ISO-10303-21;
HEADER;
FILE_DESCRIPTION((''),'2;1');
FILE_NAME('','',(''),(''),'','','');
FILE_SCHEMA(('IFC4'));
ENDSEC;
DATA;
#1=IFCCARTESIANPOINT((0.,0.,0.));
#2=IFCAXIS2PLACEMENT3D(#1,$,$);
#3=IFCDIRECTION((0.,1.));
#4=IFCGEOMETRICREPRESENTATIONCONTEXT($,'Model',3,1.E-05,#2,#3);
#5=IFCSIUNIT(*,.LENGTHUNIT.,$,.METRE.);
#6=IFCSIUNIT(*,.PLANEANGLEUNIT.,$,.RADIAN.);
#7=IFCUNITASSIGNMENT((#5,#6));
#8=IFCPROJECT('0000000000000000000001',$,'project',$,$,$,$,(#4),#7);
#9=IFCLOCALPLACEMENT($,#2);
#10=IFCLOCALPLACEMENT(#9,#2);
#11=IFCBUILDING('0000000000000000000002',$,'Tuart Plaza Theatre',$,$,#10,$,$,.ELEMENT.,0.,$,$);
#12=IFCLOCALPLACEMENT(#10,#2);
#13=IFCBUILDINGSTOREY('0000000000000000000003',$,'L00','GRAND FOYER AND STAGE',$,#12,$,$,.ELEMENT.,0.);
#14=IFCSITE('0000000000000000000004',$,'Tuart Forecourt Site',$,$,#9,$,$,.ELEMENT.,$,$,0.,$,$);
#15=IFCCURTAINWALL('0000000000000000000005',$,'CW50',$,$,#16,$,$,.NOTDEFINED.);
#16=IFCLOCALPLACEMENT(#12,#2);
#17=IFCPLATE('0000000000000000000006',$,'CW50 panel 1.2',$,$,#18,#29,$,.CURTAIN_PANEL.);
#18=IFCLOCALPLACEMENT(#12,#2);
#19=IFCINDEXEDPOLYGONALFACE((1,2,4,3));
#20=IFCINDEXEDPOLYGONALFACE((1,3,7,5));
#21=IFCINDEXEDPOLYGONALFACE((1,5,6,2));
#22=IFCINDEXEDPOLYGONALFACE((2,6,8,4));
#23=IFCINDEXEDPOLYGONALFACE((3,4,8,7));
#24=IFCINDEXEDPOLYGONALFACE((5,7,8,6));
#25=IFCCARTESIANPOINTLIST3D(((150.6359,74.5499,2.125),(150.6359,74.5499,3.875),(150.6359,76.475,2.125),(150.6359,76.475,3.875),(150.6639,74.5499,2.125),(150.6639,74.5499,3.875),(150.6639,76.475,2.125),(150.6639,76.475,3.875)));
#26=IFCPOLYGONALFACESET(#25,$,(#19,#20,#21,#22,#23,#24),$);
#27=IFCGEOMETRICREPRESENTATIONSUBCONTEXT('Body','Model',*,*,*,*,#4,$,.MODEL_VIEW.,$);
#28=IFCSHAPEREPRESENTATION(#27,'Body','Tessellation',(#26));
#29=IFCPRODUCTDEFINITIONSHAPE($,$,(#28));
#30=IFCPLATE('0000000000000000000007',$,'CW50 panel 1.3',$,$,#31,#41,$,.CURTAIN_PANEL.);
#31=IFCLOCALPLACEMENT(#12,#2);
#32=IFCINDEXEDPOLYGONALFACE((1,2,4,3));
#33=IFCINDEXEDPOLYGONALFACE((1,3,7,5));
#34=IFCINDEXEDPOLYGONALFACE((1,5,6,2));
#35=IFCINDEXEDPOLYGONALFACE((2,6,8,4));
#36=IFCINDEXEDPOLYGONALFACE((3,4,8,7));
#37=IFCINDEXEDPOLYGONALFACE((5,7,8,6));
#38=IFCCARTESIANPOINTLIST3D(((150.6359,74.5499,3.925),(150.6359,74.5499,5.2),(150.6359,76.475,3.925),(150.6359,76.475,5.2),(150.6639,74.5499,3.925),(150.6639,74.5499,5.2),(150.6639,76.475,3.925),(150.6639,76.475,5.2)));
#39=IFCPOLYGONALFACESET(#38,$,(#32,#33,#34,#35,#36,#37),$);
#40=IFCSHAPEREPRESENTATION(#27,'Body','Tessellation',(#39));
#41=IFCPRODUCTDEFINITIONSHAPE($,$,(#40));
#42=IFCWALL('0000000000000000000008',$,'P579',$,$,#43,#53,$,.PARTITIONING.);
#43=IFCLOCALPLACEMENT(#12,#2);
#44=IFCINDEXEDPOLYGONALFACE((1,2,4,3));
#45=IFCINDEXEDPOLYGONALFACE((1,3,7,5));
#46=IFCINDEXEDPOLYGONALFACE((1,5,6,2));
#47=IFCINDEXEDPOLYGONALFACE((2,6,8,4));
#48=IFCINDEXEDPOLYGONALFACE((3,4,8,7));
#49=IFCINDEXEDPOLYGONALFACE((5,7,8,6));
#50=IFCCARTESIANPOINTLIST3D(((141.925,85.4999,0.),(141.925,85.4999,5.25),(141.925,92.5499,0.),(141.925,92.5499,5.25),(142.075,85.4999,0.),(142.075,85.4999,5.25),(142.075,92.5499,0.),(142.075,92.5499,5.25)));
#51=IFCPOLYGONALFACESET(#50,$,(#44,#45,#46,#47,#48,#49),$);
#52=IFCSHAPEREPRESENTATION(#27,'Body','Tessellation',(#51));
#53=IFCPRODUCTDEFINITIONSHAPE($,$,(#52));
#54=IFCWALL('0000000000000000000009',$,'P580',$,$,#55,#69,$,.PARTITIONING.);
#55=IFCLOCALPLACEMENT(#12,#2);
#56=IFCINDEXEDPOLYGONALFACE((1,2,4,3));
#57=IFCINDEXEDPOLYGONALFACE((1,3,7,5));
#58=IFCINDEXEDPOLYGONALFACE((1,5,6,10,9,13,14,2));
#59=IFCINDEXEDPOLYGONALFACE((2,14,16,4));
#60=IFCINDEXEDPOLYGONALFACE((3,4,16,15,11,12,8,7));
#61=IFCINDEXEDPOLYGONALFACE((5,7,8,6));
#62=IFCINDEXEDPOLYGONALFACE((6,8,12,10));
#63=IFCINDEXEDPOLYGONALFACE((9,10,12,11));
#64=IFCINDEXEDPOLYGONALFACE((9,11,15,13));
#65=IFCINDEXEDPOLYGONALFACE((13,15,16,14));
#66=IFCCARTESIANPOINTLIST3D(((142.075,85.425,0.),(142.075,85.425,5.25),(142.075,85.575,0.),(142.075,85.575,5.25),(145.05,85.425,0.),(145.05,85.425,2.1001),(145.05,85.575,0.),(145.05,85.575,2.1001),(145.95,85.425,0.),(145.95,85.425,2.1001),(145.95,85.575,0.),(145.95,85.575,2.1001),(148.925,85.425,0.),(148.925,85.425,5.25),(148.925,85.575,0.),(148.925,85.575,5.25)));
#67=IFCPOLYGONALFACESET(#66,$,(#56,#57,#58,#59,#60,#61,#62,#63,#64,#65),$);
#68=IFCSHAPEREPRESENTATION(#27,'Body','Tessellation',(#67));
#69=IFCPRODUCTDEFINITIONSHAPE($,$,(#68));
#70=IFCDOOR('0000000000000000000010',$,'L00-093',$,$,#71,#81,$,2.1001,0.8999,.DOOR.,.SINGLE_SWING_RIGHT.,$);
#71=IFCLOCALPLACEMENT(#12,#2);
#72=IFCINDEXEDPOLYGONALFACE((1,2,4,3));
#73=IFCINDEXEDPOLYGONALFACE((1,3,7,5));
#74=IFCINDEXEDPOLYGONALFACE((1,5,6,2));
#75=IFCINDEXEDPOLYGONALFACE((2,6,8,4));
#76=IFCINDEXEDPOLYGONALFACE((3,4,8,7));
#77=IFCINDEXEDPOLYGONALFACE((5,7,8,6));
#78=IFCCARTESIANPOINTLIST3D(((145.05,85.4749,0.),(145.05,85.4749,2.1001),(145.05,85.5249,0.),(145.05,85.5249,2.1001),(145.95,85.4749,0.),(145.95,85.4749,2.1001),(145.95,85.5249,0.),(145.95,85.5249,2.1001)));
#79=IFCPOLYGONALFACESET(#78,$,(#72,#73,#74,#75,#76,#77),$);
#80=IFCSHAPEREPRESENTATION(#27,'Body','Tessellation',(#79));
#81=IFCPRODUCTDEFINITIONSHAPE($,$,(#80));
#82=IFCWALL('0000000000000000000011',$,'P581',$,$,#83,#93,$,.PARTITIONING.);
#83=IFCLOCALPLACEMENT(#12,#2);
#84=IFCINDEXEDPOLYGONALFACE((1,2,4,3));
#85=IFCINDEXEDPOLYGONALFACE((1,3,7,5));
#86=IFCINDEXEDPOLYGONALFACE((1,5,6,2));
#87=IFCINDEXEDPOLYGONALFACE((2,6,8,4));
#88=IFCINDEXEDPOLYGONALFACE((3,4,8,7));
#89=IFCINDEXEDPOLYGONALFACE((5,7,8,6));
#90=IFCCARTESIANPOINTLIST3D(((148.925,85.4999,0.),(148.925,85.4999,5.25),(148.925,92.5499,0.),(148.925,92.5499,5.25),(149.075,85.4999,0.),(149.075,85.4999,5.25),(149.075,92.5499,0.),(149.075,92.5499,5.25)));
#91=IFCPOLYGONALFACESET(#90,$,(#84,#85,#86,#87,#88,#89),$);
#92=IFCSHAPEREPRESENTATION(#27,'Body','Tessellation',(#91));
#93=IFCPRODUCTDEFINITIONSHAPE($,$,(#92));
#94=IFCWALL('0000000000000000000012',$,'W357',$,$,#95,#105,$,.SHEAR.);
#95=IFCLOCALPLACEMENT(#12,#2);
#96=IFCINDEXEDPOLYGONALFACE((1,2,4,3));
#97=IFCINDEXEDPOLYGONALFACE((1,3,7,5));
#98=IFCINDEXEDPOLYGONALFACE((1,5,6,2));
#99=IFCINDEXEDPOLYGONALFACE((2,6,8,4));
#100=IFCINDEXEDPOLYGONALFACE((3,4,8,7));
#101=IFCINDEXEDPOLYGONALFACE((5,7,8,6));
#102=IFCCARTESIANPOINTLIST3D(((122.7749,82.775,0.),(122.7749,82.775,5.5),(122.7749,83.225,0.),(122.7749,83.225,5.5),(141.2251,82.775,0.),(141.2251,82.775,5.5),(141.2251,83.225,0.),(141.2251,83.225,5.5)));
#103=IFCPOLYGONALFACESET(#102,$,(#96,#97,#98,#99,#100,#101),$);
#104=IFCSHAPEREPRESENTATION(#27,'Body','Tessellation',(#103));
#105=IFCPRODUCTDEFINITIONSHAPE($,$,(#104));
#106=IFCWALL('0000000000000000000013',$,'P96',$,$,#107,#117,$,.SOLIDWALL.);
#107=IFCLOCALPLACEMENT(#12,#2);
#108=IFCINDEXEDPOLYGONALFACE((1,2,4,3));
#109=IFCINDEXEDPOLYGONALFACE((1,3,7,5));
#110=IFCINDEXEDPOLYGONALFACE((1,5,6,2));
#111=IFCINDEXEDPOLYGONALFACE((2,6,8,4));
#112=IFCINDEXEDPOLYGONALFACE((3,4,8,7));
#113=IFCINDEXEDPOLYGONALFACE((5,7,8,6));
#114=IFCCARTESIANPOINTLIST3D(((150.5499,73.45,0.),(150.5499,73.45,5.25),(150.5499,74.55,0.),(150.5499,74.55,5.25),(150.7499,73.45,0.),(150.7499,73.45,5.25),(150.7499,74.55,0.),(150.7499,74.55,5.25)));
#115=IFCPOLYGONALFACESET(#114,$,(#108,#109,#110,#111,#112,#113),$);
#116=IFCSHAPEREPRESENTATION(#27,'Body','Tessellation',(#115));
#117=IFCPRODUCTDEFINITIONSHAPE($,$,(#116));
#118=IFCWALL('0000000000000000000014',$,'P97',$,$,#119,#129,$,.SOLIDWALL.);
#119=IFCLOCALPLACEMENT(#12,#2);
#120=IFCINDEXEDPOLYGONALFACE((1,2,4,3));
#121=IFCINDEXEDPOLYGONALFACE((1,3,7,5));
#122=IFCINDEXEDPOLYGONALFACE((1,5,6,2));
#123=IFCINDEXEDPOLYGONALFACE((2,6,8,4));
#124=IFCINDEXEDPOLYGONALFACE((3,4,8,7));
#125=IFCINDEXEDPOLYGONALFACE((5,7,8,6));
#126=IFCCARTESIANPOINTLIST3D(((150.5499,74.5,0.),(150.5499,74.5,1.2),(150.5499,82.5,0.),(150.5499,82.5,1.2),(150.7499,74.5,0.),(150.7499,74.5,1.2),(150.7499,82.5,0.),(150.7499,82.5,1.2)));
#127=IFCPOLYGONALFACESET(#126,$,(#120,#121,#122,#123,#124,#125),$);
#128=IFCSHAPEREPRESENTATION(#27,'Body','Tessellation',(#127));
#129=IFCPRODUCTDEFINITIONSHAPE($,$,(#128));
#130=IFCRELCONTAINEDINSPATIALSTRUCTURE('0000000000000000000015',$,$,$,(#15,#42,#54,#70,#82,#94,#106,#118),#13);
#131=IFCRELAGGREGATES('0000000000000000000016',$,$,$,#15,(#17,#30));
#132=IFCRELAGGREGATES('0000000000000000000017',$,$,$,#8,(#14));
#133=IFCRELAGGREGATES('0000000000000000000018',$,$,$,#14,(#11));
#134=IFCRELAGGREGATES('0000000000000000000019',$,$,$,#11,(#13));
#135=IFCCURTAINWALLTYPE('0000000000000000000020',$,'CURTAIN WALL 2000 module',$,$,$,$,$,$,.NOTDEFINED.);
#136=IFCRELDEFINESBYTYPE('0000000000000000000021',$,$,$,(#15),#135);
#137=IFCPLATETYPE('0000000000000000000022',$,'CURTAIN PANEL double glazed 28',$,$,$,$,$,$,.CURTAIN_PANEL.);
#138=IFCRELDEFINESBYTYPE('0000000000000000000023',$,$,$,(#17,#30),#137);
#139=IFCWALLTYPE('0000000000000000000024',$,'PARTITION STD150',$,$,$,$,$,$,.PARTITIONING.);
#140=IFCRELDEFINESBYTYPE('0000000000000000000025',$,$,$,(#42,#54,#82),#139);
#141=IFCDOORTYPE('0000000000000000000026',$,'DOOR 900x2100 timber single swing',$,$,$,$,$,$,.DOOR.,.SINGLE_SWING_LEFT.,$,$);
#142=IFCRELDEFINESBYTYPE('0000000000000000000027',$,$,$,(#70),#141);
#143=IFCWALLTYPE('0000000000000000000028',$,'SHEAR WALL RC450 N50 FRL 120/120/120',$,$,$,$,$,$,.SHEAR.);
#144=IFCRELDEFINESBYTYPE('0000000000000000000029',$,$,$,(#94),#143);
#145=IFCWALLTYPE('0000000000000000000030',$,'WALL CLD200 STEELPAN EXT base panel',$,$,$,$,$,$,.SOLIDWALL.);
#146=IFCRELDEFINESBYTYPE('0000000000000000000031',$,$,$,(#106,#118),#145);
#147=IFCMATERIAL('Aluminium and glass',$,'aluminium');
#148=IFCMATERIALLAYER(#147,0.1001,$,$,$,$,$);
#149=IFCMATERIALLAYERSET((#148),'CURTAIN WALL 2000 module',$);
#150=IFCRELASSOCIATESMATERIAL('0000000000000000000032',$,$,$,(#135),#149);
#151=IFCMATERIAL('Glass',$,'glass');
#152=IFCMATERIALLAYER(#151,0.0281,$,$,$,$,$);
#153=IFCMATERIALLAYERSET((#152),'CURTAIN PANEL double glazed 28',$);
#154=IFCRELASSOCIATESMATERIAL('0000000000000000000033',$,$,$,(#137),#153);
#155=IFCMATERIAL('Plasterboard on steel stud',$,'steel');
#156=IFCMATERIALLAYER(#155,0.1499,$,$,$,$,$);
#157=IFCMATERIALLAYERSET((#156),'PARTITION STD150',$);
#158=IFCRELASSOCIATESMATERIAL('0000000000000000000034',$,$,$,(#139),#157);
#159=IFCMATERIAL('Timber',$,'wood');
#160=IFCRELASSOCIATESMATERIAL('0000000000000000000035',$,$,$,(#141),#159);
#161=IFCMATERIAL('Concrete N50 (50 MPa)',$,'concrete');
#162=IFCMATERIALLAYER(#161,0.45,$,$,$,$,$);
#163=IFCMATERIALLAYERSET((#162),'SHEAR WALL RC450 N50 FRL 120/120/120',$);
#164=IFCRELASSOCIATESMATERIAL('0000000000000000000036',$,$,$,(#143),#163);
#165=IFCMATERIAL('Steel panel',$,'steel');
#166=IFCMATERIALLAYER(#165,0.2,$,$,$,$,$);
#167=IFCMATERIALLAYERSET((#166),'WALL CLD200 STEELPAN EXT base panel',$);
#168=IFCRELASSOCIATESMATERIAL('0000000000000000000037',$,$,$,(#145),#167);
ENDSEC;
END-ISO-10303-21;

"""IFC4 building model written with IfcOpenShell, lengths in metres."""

from ifc_helpers import new_model, si_unit, direction, frame, frame_2d, origin, origin_2d, place, context, subcontext, project, spatial, rectangle, extrude, material, layer, layer_set, type_object, element, fill, aggregate, save


model = new_model("IFC4")

# Units and contexts
model_context = context("Model", 3, precision=1e-05, world=origin(), true_north=direction((0.0, 1.0)))
body_context = subcontext(model_context, "Body", "Model", "MODEL_VIEW")
ifc_project = project(units=[si_unit("LENGTHUNIT", "METRE"), si_unit("PLANEANGLEUNIT", "RADIAN")], contexts=[model_context])

# Site, building, storey
site_placement = place(None, origin())
site = spatial("IfcSite", under=ifc_project, at=site_placement, Name="Tuart Forecourt Site", CompositionType="ELEMENT", RefElevation=0.0)
building_placement = place(site_placement, origin())
building = spatial("IfcBuilding", under=site, at=building_placement, Name="Tuart Plaza Theatre", CompositionType="ELEMENT", ElevationOfRefHeight=0.0)
storey_placement = place(building_placement, origin())
storey = spatial("IfcBuildingStorey", under=building, at=storey_placement, Name="L00", Description="GRAND FOYER AND STAGE", CompositionType="ELEMENT", Elevation=0.0)

# Curtain wall
ifc_material_1 = material(Name="Aluminium and glass", Category="aluminium")
ifc_layer_1 = layer(ifc_material_1, 0.1001)
ifc_layer_set_1 = layer_set([ifc_layer_1], Name="CURTAIN WALL 2000 module")
curtain_wall_type = type_object("IfcCurtainWallType", Name="CURTAIN WALL 2000 module", PredefinedType="NOTDEFINED", material=ifc_layer_set_1)
curtain_wall_1_placement = place(storey_placement, origin())
curtain_wall_1 = element("IfcCurtainWall", 1, at=curtain_wall_1_placement, inside=storey, type_object=curtain_wall_type, Name="CW50", PredefinedType="NOTDEFINED")

# Shared definitions
ifc_material_2 = material(Name="Glass", Category="glass")
ifc_layer_2 = layer(ifc_material_2, 0.0281)
ifc_layer_set_2 = layer_set([ifc_layer_2], Name="CURTAIN PANEL double glazed 28")
plate_type = type_object("IfcPlateType", Name="CURTAIN PANEL double glazed 28", PredefinedType="CURTAIN_PANEL", material=ifc_layer_set_2)

# Plates
plate_1_placement = place(storey_placement, frame((150.6499, 75.5125, 2.125), z_axis=(0.0, 0.0, 1.0), x_axis=(0.0, 1.0, 0.0)))
plate_1 = element("IfcPlate", 2, at=plate_1_placement, type_object=plate_type, Name="CW50 panel 1.2", PredefinedType="CURTAIN_PANEL", context=body_context, shape_type="SweptSolid", body=[
    extrude(rectangle(XDim=1.925, YDim=0.0281, at=origin_2d()), origin(), (0.0, 0.0, 1.0), 1.75),
])
plate_2_placement = place(storey_placement, frame((150.6499, 75.5125, 3.925), z_axis=(0.0, 0.0, 1.0), x_axis=(0.0, 1.0, 0.0)))
plate_2 = element("IfcPlate", 3, at=plate_2_placement, type_object=plate_type, Name="CW50 panel 1.3", PredefinedType="CURTAIN_PANEL", context=body_context, shape_type="SweptSolid", body=[
    extrude(rectangle(XDim=1.925, YDim=0.0281, at=origin_2d()), origin(), (0.0, 0.0, 1.0), 1.2749),
])
aggregate(curtain_wall_1, [plate_1, plate_2])

# Wall
ifc_material_3 = material(Name="Plasterboard on steel stud", Category="steel")
ifc_layer_3 = layer(ifc_material_3, 0.1499)
ifc_layer_set_3 = layer_set([ifc_layer_3], Name="PARTITION STD150")
wall_type_1 = type_object("IfcWallType", Name="PARTITION STD150", PredefinedType="PARTITIONING", material=ifc_layer_set_3)
wall_1_placement = place(storey_placement, frame((142.0, 85.5, 0.0), z_axis=(0.0, 0.0, 1.0), x_axis=(0.0, 1.0, 0.0)))
element("IfcWall", 4, at=wall_1_placement, inside=storey, type_object=wall_type_1, Name="P579", PredefinedType="PARTITIONING", context=body_context, shape_type="SweptSolid", body=[
    extrude(rectangle(XDim=7.05, YDim=0.1499, at=frame_2d((3.5249, 0.0))), origin(), (0.0, 0.0, 1.0), 5.25),
])

# Wall, opening, door
wall_2_placement = place(storey_placement, frame((142.075, 85.5, 0.0), z_axis=(0.0, 0.0, 1.0), x_axis=(1.0, 0.0, 0.0)))
wall_2 = element("IfcWall", 5, at=wall_2_placement, inside=storey, type_object=wall_type_1, Name="P580", PredefinedType="PARTITIONING", context=body_context, shape_type="SweptSolid", body=[
    extrude(rectangle(XDim=6.8501, YDim=0.1499, at=frame_2d((3.425, 0.0))), origin(), (0.0, 0.0, 1.0), 5.25),
])
opening_placement = place(wall_2_placement, frame((2.9751, 0.0, 0.0)))
opening = element("IfcOpeningElement", 6, at=opening_placement, cuts=wall_2, PredefinedType="OPENING", context=body_context, shape_type="SweptSolid", body=[
    extrude(rectangle(XDim=0.8999, YDim=2.1001, at=frame_2d((0.45, 1.05))), frame((0.0, 0.085, 0.0), z_axis=(0.0, -1.0, 0.0), x_axis=(1.0, 0.0, 0.0)), (0.0, 0.0, 1.0), 0.1699),
])
ifc_material_4 = material(Name="Timber", Category="wood")
door_type = type_object("IfcDoorType", Name="DOOR 900x2100 timber single swing", OperationType="SINGLE_SWING_LEFT", PredefinedType="DOOR", material=ifc_material_4)
door_placement = place(opening_placement, origin())
door = element("IfcDoor", 7, at=door_placement, inside=storey, type_object=door_type, Name="L00-093", OperationType="SINGLE_SWING_RIGHT", OverallHeight=2.1001, OverallWidth=0.8999, PredefinedType="DOOR", context=body_context, shape_type="SweptSolid", body=[
    extrude(rectangle(XDim=0.8999, YDim=2.1001, at=frame_2d((0.45, 1.05))), frame((0.0, 0.0249, 0.0), z_axis=(0.0, -1.0, 0.0), x_axis=(1.0, 0.0, 0.0)), (0.0, 0.0, 1.0), 0.05),
])
fill(opening, door)

# Walls
wall_3_placement = place(storey_placement, frame((149.0, 85.5, 0.0), z_axis=(0.0, 0.0, 1.0), x_axis=(0.0, 1.0, 0.0)))
element("IfcWall", 8, at=wall_3_placement, inside=storey, type_object=wall_type_1, Name="P581", PredefinedType="PARTITIONING", context=body_context, shape_type="SweptSolid", body=[
    extrude(rectangle(XDim=7.05, YDim=0.1499, at=frame_2d((3.5249, 0.0))), origin(), (0.0, 0.0, 1.0), 5.25),
])
ifc_material_5 = material(Name="Concrete N50 (50 MPa)", Category="concrete")
ifc_layer_4 = layer(ifc_material_5, 0.45)
ifc_layer_set_4 = layer_set([ifc_layer_4], Name="SHEAR WALL RC450 N50 FRL 120/120/120")
wall_type_2 = type_object("IfcWallType", Name="SHEAR WALL RC450 N50 FRL 120/120/120", PredefinedType="SHEAR", material=ifc_layer_set_4)
wall_4_placement = place(storey_placement, frame((141.2251, 83.0, 0.0), z_axis=(0.0, 0.0, 1.0), x_axis=(-1.0, 0.0, 0.0)))
element("IfcWall", 9, at=wall_4_placement, inside=storey, type_object=wall_type_2, Name="W357", PredefinedType="SHEAR", context=body_context, shape_type="SweptSolid", body=[
    extrude(rectangle(XDim=18.4502, YDim=0.45, at=frame_2d((9.2251, 0.0))), origin(), (0.0, 0.0, 1.0), 5.5),
])
ifc_material_6 = material(Name="Steel panel", Category="steel")
ifc_layer_5 = layer(ifc_material_6, 0.2)
ifc_layer_set_5 = layer_set([ifc_layer_5], Name="WALL CLD200 STEELPAN EXT base panel")
wall_type_3 = type_object("IfcWallType", Name="WALL CLD200 STEELPAN EXT base panel", PredefinedType="SOLIDWALL", material=ifc_layer_set_5)
wall_5_placement = place(storey_placement, frame((150.6499, 73.45, 0.0), z_axis=(0.0, 0.0, 1.0), x_axis=(0.0, 1.0, 0.0)))
element("IfcWall", 10, at=wall_5_placement, inside=storey, type_object=wall_type_3, Name="P96", PredefinedType="SOLIDWALL", context=body_context, shape_type="SweptSolid", body=[
    extrude(rectangle(XDim=1.1001, YDim=0.2, at=frame_2d((0.55, 0.0))), origin(), (0.0, 0.0, 1.0), 5.25),
])
wall_6_placement = place(storey_placement, frame((150.6499, 74.5, 0.0), z_axis=(0.0, 0.0, 1.0), x_axis=(0.0, 1.0, 0.0)))
element("IfcWall", 11, at=wall_6_placement, inside=storey, type_object=wall_type_3, Name="P97", PredefinedType="SOLIDWALL", context=body_context, shape_type="SweptSolid", body=[
    extrude(rectangle(XDim=8.0, YDim=0.2, at=frame_2d((4.0, 0.0))), origin(), (0.0, 0.0, 1.0), 1.2),
])

save(model, "model.ifc")
